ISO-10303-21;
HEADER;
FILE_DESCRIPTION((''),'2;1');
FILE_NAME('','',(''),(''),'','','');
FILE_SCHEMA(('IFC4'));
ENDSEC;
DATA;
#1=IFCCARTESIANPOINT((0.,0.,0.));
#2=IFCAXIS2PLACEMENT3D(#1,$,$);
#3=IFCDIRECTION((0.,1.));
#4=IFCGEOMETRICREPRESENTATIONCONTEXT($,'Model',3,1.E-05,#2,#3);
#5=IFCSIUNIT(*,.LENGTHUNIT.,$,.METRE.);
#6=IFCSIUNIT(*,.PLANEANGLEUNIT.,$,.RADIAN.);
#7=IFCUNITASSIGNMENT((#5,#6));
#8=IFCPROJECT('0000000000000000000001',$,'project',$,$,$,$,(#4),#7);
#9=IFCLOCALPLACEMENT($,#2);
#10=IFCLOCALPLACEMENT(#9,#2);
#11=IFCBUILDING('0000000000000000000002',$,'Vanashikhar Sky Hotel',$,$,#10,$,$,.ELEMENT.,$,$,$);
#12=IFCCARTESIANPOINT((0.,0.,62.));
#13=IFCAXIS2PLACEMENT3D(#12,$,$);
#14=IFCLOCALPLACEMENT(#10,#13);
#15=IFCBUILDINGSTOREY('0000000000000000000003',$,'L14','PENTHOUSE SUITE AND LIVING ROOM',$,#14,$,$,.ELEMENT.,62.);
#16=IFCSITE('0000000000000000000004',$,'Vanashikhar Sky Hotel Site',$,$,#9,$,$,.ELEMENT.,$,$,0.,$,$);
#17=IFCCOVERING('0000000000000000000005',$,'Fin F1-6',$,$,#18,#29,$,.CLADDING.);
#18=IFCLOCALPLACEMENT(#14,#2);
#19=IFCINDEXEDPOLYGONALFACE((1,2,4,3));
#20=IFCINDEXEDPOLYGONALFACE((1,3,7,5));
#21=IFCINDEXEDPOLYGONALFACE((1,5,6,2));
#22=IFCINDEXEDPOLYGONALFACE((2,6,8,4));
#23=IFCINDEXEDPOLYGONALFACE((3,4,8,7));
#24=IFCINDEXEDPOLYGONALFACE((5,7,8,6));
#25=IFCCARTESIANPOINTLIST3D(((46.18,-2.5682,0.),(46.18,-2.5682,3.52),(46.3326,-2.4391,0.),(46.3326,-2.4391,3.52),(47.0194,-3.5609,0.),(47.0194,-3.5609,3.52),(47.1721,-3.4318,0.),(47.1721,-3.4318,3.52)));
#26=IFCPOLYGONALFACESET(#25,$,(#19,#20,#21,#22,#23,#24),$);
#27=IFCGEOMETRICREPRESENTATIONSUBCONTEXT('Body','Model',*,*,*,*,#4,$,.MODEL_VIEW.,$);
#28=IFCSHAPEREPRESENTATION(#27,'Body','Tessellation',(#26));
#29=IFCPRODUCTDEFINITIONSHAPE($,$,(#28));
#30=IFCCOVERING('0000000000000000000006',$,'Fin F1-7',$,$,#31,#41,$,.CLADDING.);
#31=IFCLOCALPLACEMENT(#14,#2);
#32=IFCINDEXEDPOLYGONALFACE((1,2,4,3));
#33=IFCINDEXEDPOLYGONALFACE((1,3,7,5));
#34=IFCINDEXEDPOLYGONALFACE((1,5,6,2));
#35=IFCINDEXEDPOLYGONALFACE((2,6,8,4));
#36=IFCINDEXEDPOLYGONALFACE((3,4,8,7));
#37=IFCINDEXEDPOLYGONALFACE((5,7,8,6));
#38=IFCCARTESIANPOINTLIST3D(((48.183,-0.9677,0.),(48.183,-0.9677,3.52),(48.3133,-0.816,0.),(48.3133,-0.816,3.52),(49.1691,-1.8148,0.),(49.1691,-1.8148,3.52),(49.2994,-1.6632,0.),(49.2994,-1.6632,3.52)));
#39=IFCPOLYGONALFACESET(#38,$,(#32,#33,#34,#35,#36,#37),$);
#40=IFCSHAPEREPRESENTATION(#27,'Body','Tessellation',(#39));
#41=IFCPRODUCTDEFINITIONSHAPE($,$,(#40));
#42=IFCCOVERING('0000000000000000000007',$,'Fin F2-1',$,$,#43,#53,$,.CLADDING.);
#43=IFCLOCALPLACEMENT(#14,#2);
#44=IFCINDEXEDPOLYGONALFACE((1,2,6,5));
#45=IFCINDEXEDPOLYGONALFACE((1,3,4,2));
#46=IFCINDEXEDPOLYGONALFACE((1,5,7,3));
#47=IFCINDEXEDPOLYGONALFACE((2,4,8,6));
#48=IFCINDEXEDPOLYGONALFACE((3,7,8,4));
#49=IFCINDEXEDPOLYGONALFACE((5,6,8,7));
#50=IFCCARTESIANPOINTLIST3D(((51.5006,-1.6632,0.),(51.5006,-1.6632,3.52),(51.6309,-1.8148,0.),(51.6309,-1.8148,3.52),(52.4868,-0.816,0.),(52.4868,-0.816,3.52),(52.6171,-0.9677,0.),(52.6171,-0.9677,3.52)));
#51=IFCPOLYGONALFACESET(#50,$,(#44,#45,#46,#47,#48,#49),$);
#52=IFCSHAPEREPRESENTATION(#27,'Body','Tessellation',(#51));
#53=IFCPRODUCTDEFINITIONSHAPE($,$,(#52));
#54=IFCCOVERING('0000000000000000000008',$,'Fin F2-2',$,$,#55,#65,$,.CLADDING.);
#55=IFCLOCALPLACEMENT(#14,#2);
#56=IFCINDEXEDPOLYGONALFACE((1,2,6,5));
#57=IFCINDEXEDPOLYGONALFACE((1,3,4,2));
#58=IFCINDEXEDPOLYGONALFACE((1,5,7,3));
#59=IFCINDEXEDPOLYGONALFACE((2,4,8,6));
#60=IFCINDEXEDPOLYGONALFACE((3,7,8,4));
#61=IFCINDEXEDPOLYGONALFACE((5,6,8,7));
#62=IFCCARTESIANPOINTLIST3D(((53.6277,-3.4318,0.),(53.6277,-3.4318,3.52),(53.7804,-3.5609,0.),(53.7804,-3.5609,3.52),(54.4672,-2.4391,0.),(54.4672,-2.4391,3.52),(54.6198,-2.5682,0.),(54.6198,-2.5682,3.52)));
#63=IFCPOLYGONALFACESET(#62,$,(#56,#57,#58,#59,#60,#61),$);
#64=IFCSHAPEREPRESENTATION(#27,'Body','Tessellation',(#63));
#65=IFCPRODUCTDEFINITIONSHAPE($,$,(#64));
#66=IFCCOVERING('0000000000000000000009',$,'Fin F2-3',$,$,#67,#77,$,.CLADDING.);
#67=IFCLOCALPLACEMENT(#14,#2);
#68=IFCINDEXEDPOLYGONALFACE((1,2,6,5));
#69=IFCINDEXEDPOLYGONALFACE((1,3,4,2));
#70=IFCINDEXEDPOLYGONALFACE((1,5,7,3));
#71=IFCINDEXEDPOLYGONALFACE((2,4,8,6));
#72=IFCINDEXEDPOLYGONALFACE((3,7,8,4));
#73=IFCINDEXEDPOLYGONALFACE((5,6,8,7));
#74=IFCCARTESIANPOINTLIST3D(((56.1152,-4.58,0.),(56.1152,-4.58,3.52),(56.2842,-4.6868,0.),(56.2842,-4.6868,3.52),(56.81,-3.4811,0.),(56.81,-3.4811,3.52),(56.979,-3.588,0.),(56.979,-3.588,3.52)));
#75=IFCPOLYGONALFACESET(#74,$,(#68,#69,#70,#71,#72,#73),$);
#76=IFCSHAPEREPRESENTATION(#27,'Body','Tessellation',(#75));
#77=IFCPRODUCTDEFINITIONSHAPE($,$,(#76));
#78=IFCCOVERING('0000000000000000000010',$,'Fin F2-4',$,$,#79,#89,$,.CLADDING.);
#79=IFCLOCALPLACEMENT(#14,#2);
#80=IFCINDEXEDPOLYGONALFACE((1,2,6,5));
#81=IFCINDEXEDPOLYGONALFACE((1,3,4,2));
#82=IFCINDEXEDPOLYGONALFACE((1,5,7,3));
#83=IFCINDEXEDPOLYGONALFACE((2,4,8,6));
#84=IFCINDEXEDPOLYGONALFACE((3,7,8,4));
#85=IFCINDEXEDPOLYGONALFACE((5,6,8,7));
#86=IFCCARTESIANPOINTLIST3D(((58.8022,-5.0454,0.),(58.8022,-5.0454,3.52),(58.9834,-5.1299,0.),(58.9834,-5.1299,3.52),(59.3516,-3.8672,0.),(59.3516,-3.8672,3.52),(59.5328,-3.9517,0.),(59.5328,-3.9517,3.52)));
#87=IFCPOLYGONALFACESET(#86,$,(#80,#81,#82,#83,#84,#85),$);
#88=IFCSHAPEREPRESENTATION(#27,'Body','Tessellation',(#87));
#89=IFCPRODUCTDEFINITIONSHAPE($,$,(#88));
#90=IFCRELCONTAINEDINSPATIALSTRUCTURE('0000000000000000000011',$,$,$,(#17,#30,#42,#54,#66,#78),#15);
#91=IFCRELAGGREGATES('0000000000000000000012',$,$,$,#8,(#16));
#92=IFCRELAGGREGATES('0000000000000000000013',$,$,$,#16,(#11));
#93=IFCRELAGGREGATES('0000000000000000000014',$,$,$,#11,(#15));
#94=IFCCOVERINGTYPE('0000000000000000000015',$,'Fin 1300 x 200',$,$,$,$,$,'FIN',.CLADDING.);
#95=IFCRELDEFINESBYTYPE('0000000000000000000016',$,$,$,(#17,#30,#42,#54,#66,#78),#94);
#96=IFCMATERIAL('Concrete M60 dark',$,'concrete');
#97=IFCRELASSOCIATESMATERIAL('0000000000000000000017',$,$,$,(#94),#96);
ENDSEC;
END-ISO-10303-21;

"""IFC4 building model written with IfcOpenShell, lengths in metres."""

from ifc_helpers import new_model, si_unit, direction, frame, origin, origin_2d, place, context, subcontext, project, spatial, rectangle, extrude, source, transform, mapped, material, material_profile, profile_set, type_object, element, save


model = new_model("IFC4")

# Units and contexts
model_context = context("Model", 3, precision=1e-05, world=origin(), true_north=direction((0.0, 1.0)))
body_context = subcontext(model_context, "Body", "Model", "MODEL_VIEW")
ifc_project = project(units=[si_unit("LENGTHUNIT", "METRE"), si_unit("PLANEANGLEUNIT", "RADIAN")], contexts=[model_context])

# Site, building, storey
site_placement = place(None, origin())
site = spatial("IfcSite", under=ifc_project, at=site_placement, Name="Vanashikhar Sky Hotel Site", CompositionType="ELEMENT", RefElevation=0.0)
building_placement = place(site_placement, origin())
building = spatial("IfcBuilding", under=site, at=building_placement, Name="Vanashikhar Sky Hotel", CompositionType="ELEMENT")
storey_placement = place(building_placement, frame((0.0, 0.0, 62.0)))
storey = spatial("IfcBuildingStorey", under=building, at=storey_placement, Name="L14", Description="PENTHOUSE SUITE AND LIVING ROOM", CompositionType="ELEMENT", Elevation=62.0)

# Coverings
ifc_material_1 = material(Name="Concrete M60 dark", Category="concrete")
ifc_material_profile = material_profile(ifc_material_1, rectangle(XDim=1.3, YDim=0.2, at=origin_2d()))
ifc_profile_set = profile_set([ifc_material_profile], Name="Fin 1300 x 200")
covering_type = type_object("IfcCoveringType", Name="Fin 1300 x 200", ElementType="FIN", PredefinedType="CLADDING", material=ifc_profile_set)
shared_shape_1 = source(origin(), body_context, "Body", "SweptSolid", [
    extrude(rectangle(XDim=1.3, YDim=0.2, at=origin_2d()), origin(), (0.0, 0.0, 1.0), 3.52),
])
for number, where, z_axis, x_axis, name in (
    (1, (46.676, -3.0, 0.0), (0.0, 0.0, 1.0), (0.645698, -0.763593, 0.0), "Fin F1-6"),
    (2, (48.7412, -1.3154, 0.0), (0.0, 0.0, 1.0), (0.758544, -0.651622, 0.0), "Fin F1-7"),
    (3, (52.0588, -1.3154, 0.0), (0.0, 0.0, 1.0), (-0.758544, -0.651622, 0.0), "Fin F2-1"),
    (4, (54.1238, -3.0, 0.0), (0.0, 0.0, 1.0), (-0.645698, -0.763593, 0.0), "Fin F2-2"),
    (5, (56.5471, -4.084, 0.0), (0.0, 0.0, 1.0), (-0.534411, -0.845225, 0.0), "Fin F2-3"),
    (6, (59.1675, -4.4985, 0.0), (0.0, 0.0, 1.0), (-0.422618, -0.906308, 0.0), "Fin F2-4"),
):
    element("IfcCovering", number, at=place(storey_placement, frame(where, z_axis=z_axis, x_axis=x_axis)), inside=storey, type_object=covering_type, Name=name, PredefinedType="CLADDING", context=body_context, shape_type="MappedRepresentation", body=[
        mapped(shared_shape_1, transform((0.0, 0.0, 0.0), scale=1.0)),
    ])

save(model, "model.ifc")
